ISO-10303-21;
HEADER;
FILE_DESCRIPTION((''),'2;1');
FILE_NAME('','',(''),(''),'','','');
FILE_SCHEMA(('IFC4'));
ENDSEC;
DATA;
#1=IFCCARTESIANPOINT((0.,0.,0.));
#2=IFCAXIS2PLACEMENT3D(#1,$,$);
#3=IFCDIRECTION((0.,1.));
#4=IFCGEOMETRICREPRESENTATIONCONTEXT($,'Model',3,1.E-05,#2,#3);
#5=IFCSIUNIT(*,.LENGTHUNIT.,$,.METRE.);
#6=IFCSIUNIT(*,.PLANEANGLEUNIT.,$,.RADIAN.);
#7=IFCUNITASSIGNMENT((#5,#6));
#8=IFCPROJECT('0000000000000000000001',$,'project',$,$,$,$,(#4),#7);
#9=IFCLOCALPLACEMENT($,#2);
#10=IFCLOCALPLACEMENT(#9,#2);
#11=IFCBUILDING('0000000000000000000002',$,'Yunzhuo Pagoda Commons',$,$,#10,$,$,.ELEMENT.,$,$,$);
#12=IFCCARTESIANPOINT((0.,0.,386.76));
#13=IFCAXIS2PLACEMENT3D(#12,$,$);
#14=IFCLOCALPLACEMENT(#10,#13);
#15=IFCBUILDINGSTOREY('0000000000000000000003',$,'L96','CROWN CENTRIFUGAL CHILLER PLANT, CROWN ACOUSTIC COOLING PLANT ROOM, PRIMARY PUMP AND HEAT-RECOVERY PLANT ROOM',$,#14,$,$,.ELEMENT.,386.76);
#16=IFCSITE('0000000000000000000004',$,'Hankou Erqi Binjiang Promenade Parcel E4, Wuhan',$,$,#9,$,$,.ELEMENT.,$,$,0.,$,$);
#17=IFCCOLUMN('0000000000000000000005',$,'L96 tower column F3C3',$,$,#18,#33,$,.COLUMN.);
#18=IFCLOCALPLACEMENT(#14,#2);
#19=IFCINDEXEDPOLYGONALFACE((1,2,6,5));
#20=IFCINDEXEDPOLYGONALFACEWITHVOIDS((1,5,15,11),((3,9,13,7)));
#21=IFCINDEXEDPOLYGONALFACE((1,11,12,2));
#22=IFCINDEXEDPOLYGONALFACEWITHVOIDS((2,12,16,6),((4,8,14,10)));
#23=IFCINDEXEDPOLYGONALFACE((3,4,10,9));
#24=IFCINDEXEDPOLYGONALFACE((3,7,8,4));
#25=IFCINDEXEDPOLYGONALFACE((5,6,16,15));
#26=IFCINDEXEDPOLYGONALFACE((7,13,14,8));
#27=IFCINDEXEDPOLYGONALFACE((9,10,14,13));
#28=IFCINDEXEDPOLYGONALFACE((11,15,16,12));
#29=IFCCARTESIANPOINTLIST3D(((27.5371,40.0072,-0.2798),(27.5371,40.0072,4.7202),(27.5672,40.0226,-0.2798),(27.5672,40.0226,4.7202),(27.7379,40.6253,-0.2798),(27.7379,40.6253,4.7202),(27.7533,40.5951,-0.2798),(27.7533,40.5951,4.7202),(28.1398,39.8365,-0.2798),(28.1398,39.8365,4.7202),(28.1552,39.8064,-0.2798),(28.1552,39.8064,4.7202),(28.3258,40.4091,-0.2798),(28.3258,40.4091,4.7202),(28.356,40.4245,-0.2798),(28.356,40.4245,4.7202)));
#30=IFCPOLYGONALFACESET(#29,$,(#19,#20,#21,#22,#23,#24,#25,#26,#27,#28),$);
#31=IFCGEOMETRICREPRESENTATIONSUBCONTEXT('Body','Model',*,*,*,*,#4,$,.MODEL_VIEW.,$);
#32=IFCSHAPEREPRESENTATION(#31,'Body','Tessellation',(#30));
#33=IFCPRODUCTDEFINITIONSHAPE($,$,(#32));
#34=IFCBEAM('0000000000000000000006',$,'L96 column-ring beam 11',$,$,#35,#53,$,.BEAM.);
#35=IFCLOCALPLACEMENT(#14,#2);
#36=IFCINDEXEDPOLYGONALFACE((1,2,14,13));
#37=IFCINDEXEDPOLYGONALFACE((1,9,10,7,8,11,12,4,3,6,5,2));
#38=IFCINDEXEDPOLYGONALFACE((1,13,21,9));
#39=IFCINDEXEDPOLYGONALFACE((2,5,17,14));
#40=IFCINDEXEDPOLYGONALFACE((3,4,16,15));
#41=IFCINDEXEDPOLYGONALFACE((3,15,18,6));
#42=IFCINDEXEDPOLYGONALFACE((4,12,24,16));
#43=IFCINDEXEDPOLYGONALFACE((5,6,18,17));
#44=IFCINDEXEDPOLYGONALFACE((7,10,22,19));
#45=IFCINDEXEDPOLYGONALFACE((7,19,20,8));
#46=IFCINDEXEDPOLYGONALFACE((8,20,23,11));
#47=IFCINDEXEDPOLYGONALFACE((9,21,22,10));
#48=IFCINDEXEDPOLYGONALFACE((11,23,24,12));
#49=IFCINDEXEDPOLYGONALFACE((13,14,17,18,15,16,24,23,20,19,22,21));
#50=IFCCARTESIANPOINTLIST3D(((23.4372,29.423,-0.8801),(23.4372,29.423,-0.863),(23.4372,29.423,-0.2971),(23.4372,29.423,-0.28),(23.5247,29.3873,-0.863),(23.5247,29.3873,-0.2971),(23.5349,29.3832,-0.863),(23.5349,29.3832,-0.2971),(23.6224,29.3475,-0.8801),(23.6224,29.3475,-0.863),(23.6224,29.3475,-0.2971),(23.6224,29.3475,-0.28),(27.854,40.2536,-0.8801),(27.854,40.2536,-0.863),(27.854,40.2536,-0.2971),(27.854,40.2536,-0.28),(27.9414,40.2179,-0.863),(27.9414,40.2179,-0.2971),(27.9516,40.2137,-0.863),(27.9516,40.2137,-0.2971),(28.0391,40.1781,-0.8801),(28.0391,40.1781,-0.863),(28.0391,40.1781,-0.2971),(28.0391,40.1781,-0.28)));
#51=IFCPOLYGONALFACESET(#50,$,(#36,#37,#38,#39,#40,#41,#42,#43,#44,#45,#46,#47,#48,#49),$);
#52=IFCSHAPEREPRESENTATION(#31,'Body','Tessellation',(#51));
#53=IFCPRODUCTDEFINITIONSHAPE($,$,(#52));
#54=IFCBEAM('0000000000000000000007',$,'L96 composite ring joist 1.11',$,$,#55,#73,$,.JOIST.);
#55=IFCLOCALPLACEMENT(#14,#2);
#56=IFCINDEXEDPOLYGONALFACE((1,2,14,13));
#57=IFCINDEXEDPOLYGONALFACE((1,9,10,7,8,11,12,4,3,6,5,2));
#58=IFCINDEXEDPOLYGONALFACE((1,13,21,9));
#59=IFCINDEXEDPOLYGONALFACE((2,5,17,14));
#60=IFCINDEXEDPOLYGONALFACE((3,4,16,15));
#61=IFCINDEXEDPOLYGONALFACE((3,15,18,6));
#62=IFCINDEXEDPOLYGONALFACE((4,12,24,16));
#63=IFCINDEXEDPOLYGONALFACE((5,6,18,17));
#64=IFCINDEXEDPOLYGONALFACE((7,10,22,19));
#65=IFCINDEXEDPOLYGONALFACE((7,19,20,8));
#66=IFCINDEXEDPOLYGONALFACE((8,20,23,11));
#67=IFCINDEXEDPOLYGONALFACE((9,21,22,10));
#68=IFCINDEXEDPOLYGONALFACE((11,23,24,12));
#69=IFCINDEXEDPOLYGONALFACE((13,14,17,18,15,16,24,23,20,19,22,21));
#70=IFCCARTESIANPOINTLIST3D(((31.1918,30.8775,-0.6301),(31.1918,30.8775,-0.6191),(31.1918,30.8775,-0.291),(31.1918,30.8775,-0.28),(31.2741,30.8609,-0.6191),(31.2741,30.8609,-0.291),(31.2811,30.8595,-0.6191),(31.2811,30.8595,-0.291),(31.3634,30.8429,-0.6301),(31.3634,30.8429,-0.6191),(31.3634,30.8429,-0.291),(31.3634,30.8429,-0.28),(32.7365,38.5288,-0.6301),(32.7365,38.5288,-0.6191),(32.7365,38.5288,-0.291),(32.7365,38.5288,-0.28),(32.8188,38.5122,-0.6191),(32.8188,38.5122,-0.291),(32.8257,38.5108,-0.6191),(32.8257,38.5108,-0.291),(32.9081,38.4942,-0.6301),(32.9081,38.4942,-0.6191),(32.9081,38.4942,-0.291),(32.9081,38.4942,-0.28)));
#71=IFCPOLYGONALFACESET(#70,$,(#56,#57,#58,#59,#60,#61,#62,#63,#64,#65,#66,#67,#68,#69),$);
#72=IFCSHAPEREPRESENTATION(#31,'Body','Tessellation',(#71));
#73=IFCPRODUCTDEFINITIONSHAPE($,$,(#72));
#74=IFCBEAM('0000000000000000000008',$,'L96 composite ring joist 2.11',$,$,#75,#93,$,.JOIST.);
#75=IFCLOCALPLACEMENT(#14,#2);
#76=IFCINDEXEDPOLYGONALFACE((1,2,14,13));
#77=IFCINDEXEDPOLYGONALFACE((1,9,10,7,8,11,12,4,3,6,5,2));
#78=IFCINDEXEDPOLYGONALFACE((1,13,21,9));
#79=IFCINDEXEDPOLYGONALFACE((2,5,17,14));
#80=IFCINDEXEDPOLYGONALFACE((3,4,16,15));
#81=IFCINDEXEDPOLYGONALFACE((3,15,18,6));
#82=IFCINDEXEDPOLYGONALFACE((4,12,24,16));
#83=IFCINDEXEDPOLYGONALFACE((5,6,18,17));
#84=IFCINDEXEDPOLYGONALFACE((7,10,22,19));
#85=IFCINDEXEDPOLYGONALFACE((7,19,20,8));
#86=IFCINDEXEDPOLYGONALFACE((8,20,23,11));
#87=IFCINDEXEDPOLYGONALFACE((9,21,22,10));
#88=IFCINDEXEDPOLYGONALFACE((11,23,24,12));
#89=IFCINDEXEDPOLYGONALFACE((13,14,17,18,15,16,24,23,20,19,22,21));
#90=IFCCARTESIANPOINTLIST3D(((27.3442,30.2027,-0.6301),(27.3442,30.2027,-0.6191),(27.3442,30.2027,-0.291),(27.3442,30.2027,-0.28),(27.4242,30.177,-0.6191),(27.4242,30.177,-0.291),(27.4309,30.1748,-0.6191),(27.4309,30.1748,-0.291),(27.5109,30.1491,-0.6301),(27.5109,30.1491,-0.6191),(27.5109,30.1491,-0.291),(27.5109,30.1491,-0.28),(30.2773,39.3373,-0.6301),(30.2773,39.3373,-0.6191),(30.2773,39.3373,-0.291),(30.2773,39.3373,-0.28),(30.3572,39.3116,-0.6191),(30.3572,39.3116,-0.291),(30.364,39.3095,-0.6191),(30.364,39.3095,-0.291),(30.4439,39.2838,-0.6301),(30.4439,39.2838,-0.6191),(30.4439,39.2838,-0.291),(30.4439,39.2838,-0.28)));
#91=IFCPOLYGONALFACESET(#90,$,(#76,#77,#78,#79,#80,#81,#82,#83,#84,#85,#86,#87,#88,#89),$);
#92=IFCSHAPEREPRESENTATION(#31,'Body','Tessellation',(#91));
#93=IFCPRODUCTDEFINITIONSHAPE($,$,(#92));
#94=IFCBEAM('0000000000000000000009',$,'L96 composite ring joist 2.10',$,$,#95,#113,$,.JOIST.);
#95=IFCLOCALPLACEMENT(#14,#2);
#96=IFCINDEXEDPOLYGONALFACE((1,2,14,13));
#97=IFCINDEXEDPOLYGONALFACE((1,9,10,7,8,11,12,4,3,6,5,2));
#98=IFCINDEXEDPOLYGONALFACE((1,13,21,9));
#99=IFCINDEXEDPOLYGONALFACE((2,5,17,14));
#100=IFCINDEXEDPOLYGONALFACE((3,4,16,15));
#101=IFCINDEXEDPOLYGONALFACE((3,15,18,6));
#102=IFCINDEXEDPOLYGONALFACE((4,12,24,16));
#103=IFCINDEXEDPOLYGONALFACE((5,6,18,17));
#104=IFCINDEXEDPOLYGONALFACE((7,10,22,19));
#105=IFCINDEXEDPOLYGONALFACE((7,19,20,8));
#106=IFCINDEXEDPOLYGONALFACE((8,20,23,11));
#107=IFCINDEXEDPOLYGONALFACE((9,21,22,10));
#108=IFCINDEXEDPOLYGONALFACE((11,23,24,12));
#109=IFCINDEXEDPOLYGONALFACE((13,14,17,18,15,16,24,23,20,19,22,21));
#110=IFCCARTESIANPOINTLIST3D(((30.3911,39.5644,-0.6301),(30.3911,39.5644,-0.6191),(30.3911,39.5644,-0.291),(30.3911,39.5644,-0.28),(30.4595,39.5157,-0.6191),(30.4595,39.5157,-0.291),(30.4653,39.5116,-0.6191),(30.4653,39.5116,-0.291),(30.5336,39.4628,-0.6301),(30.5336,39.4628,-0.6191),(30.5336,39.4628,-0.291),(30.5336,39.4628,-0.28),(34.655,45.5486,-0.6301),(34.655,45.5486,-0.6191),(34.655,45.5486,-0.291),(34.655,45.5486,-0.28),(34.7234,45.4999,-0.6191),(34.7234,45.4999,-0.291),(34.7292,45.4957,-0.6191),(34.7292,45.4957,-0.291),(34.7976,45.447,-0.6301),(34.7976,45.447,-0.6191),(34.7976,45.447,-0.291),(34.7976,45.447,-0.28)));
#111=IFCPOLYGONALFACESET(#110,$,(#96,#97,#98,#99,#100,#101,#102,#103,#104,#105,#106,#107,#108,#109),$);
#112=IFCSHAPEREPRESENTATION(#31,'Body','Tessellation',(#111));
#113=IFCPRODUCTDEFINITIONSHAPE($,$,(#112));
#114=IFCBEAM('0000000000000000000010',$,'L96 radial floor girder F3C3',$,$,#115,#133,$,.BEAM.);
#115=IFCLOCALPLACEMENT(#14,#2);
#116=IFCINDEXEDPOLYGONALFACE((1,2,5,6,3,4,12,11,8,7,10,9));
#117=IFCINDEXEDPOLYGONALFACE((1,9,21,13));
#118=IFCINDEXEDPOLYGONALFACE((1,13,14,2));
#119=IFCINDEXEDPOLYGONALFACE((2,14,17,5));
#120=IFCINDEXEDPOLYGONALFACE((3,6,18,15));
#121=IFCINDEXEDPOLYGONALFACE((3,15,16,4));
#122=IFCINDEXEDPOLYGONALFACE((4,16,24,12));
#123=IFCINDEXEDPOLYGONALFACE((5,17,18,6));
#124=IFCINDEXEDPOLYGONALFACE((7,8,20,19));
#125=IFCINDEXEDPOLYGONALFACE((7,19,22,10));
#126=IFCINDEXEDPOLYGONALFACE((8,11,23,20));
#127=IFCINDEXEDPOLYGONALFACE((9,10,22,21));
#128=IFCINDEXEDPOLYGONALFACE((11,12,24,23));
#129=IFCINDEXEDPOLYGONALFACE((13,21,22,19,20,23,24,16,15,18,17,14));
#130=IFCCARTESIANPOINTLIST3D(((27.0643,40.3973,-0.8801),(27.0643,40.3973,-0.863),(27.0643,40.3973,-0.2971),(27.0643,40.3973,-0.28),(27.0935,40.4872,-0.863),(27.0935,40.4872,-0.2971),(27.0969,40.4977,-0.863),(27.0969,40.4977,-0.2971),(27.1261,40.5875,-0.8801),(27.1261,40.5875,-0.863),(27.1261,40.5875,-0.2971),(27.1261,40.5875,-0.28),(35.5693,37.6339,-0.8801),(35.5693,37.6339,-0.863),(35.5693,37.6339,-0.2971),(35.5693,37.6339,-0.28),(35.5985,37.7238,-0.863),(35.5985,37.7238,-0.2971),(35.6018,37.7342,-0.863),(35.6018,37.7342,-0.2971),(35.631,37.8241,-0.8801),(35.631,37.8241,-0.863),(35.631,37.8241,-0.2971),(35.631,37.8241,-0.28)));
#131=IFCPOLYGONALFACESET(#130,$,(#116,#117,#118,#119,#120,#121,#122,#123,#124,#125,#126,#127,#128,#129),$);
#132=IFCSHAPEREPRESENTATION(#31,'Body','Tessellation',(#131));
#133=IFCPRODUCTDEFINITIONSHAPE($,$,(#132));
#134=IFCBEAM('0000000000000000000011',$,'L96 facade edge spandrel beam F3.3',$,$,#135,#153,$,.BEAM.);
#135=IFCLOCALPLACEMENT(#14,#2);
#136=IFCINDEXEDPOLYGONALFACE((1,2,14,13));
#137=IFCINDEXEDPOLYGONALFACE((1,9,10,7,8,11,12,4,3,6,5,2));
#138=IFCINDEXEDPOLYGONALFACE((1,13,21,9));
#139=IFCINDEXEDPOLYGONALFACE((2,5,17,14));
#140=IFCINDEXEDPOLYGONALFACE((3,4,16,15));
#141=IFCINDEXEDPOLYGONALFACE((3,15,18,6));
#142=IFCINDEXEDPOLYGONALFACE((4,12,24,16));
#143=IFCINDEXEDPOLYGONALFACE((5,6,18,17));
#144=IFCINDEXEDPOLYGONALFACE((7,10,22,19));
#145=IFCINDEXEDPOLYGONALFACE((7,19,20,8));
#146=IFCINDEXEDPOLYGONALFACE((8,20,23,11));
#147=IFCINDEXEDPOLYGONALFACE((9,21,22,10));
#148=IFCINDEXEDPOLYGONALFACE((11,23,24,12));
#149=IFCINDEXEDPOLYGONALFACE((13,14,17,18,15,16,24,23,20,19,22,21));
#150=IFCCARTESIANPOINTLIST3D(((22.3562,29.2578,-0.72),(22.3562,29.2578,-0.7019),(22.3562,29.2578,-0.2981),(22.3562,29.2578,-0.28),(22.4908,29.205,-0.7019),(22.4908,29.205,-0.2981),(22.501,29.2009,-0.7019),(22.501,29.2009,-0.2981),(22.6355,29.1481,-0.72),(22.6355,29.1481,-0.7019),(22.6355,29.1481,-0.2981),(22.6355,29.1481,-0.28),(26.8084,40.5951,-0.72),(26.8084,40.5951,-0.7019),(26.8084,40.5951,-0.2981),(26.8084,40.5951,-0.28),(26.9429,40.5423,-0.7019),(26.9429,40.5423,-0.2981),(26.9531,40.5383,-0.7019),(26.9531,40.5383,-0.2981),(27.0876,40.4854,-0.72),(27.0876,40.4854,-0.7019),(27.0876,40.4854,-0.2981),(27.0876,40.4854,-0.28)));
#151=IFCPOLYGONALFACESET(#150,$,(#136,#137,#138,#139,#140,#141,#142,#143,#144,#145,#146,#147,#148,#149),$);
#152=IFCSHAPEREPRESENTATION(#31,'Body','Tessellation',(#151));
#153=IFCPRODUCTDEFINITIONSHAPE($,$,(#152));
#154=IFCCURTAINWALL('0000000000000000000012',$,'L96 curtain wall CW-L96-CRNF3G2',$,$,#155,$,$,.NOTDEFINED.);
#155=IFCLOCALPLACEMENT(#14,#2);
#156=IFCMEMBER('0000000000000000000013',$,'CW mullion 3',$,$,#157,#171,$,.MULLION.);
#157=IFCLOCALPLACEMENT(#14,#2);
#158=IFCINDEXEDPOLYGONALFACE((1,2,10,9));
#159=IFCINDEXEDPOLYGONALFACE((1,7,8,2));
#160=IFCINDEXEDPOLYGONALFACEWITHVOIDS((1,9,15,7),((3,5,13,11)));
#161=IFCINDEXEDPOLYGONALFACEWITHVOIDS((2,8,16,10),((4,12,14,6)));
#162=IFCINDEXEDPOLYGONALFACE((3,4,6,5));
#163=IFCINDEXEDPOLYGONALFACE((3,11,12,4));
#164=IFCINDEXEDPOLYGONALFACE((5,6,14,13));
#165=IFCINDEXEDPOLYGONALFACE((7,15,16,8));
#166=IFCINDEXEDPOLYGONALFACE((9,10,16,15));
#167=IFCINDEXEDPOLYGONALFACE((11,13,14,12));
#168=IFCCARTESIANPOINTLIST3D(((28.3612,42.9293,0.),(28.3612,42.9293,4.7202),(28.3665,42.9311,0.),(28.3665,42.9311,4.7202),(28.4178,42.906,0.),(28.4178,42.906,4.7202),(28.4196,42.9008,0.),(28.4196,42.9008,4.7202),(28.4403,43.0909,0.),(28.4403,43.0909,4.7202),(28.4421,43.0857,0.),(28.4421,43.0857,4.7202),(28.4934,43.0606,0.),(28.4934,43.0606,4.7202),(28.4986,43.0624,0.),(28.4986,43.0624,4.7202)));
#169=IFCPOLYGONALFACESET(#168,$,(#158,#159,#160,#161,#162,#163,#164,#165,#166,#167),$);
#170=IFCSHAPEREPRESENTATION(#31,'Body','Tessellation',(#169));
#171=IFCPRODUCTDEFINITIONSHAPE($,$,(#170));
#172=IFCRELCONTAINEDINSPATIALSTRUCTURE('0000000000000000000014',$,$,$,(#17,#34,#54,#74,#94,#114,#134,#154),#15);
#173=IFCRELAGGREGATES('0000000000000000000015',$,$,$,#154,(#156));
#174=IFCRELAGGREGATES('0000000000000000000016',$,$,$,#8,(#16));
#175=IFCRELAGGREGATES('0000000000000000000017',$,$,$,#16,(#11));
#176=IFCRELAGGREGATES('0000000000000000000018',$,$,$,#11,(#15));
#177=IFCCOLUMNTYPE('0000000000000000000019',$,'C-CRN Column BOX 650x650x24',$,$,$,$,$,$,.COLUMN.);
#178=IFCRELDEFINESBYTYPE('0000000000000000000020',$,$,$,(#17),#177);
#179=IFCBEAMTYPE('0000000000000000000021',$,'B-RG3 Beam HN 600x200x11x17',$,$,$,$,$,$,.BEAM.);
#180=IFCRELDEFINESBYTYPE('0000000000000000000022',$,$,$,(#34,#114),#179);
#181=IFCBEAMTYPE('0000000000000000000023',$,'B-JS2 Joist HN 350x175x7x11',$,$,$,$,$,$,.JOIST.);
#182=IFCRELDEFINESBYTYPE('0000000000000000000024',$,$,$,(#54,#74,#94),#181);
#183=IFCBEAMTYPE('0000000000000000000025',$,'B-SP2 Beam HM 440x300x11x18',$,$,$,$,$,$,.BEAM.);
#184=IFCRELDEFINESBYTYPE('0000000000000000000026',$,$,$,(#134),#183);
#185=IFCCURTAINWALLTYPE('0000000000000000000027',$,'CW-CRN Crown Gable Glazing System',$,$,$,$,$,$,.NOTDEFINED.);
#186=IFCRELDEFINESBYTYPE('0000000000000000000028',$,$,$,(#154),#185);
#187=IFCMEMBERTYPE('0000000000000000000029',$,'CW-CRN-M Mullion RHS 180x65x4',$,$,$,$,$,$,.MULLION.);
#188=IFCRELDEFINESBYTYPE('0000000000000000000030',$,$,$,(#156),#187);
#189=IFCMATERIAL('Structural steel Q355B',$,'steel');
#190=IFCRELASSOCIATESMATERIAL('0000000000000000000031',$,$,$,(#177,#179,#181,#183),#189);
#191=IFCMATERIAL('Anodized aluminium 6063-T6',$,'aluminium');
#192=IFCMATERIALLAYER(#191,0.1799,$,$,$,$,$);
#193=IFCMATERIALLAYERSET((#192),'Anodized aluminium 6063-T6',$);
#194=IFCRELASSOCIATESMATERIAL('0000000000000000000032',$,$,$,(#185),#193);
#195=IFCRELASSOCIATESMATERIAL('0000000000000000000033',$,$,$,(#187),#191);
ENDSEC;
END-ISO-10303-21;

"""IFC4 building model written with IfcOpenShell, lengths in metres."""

from ifc_helpers import new_model, si_unit, direction, frame, origin, origin_2d, place, context, subcontext, project, spatial, hollow_rectangle, i_section, extrude, source, transform, mapped, material, layer, layer_set, material_profile, profile_set, type_object, element, aggregate, save


model = new_model("IFC4")

# Units and contexts
model_context = context("Model", 3, precision=1e-05, world=origin(), true_north=direction((0.0, 1.0)))
body_context = subcontext(model_context, "Body", "Model", "MODEL_VIEW")
ifc_project = project(units=[si_unit("LENGTHUNIT", "METRE"), si_unit("PLANEANGLEUNIT", "RADIAN")], contexts=[model_context])

# Site, building, storey
site_placement = place(None, origin())
site = spatial("IfcSite", under=ifc_project, at=site_placement, Name="Hankou Erqi Binjiang Promenade Parcel E4, Wuhan", CompositionType="ELEMENT", RefElevation=0.0)
building_placement = place(site_placement, origin())
building = spatial("IfcBuilding", under=site, at=building_placement, Name="Yunzhuo Pagoda Commons", CompositionType="ELEMENT")
storey_placement = place(building_placement, frame((0.0, 0.0, 386.76)))
storey = spatial("IfcBuildingStorey", under=building, at=storey_placement, Name="L96", Description="CROWN CENTRIFUGAL CHILLER PLANT, CROWN ACOUSTIC COOLING PLANT ROOM, PRIMARY PUMP AND HEAT-RECOVERY PLANT ROOM", CompositionType="ELEMENT", Elevation=386.76)

# Column
ifc_material_1 = material(Name="Structural steel Q355B", Category="steel")
ifc_material_profile_1 = material_profile(ifc_material_1, hollow_rectangle(XDim=0.6499, YDim=0.6499, WallThickness=0.0239, at=origin_2d()), Name="Structural steel Q355B")
ifc_profile_set_1 = profile_set([ifc_material_profile_1], Name="Structural steel Q355B")
column_type = type_object("IfcColumnType", Name="C-CRN Column BOX 650x650x24", PredefinedType="COLUMN", material=ifc_profile_set_1)
shared_shape_1 = source(origin(), body_context, "Body", "SweptSolid", [
    extrude(hollow_rectangle(XDim=0.6499, YDim=0.6499, WallThickness=0.0239, at=origin_2d()), origin(), (0.0, 0.0, 1.0), 5.0),
])
column_placement = place(storey_placement, frame((27.9465, 40.2158, -0.2798), z_axis=(0.0, 0.0, 1.0), x_axis=(-0.309017, -0.951057, 0.0)))
element("IfcColumn", 1, at=column_placement, inside=storey, type_object=column_type, Name="L96 tower column F3C3", PredefinedType="COLUMN", context=body_context, shape_type="MappedRepresentation", body=[
    mapped(shared_shape_1, transform((0.0, 0.0, 0.0), scale=1.0)),
])

# Beams
ifc_material_profile_2 = material_profile(ifc_material_1, i_section(OverallWidth=0.2, OverallDepth=0.6001, WebThickness=0.011, FlangeThickness=0.0171, at=origin_2d()), Name="Structural steel Q355B")
ifc_profile_set_2 = profile_set([ifc_material_profile_2], Name="Structural steel Q355B")
beam_type_1 = type_object("IfcBeamType", Name="B-RG3 Beam HN 600x200x11x17", PredefinedType="BEAM", material=ifc_profile_set_2)
shared_shape_2 = source(origin(), body_context, "Body", "SweptSolid", [
    extrude(i_section(OverallWidth=0.2, OverallDepth=0.6001, WebThickness=0.011, FlangeThickness=0.0171, at=origin_2d()), origin(), (0.0, 0.0, 1.0), 11.6965),
])
beam_1_placement = place(storey_placement, frame((27.9465, 40.2158, -0.5801), z_axis=(-0.377612, -0.925964, 0.0), x_axis=(0.925964, -0.377612, 0.0)))
element("IfcBeam", 2, at=beam_1_placement, inside=storey, type_object=beam_type_1, Name="L96 column-ring beam 11", PredefinedType="BEAM", context=body_context, shape_type="MappedRepresentation", body=[
    mapped(shared_shape_2, transform((0.0, 0.0, 0.0), scale=1.0)),
])
ifc_material_profile_3 = material_profile(ifc_material_1, i_section(OverallWidth=0.175, OverallDepth=0.3501, WebThickness=0.0071, FlangeThickness=0.011, at=origin_2d()), Name="Structural steel Q355B")
ifc_profile_set_3 = profile_set([ifc_material_profile_3], Name="Structural steel Q355B")
beam_type_2 = type_object("IfcBeamType", Name="B-JS2 Joist HN 350x175x7x11", PredefinedType="JOIST", material=ifc_profile_set_3)
shared_shape_3 = source(origin(), body_context, "Body", "SweptSolid", [
    extrude(i_section(OverallWidth=0.175, OverallDepth=0.3501, WebThickness=0.0071, FlangeThickness=0.011, at=origin_2d()), origin(), (0.0, 0.0, 1.0), 7.8057),
])
beam_2_placement = place(storey_placement, frame((32.8223, 38.5115, -0.4551), z_axis=(-0.19789, -0.980224, 0.0), x_axis=(0.980224, -0.19789, 0.0)))
element("IfcBeam", 3, at=beam_2_placement, inside=storey, type_object=beam_type_2, Name="L96 composite ring joist 1.11", PredefinedType="JOIST", context=body_context, shape_type="MappedRepresentation", body=[
    mapped(shared_shape_3, transform((0.0, 0.0, 0.0), scale=1.0)),
])
shared_shape_4 = source(origin(), body_context, "Body", "SweptSolid", [
    extrude(i_section(OverallWidth=0.175, OverallDepth=0.3501, WebThickness=0.0071, FlangeThickness=0.011, at=origin_2d()), origin(), (0.0, 0.0, 1.0), 9.594),
])
beam_3_placement = place(storey_placement, frame((30.3606, 39.3105, -0.4551), z_axis=(-0.305719, -0.952122, 0.0), x_axis=(0.952122, -0.305719, 0.0)))
element("IfcBeam", 4, at=beam_3_placement, inside=storey, type_object=beam_type_2, Name="L96 composite ring joist 2.11", PredefinedType="JOIST", context=body_context, shape_type="MappedRepresentation", body=[
    mapped(shared_shape_4, transform((0.0, 0.0, 0.0), scale=1.0)),
])
shared_shape_5 = source(origin(), body_context, "Body", "SweptSolid", [
    extrude(i_section(OverallWidth=0.175, OverallDepth=0.3501, WebThickness=0.0071, FlangeThickness=0.011, at=origin_2d()), origin(), (0.0, 0.0, 1.0), 7.3479),
])
beam_4_placement = place(storey_placement, frame((34.7263, 45.4978, -0.4551), z_axis=(-0.580295, -0.814406, 0.0), x_axis=(0.814406, -0.580295, 0.0)))
element("IfcBeam", 5, at=beam_4_placement, inside=storey, type_object=beam_type_2, Name="L96 composite ring joist 2.10", PredefinedType="JOIST", context=body_context, shape_type="MappedRepresentation", body=[
    mapped(shared_shape_5, transform((0.0, 0.0, 0.0), scale=1.0)),
])
shared_shape_6 = source(origin(), body_context, "Body", "SweptSolid", [
    extrude(i_section(OverallWidth=0.2, OverallDepth=0.6001, WebThickness=0.011, FlangeThickness=0.0171, at=origin_2d()), origin(), (0.0, 0.0, 1.0), 8.9426),
])
beam_5_placement = place(storey_placement, frame((27.0952, 40.4924, -0.5801), z_axis=(0.951056, -0.309019, 0.0), x_axis=(0.309019, 0.951056, 0.0)))
element("IfcBeam", 6, at=beam_5_placement, inside=storey, type_object=beam_type_1, Name="L96 radial floor girder F3C3", PredefinedType="BEAM", context=body_context, shape_type="MappedRepresentation", body=[
    mapped(shared_shape_6, transform((0.0, 0.0, 0.0), scale=1.0)),
])
ifc_material_profile_4 = material_profile(ifc_material_1, i_section(OverallWidth=0.3, OverallDepth=0.4399, WebThickness=0.011, FlangeThickness=0.0181, at=origin_2d()), Name="Structural steel Q355B")
ifc_profile_set_4 = profile_set([ifc_material_profile_4], Name="Structural steel Q355B")
beam_type_3 = type_object("IfcBeamType", Name="B-SP2 Beam HM 440x300x11x18", PredefinedType="BEAM", material=ifc_profile_set_4)
shared_shape_7 = source(origin(), body_context, "Body", "SweptSolid", [
    extrude(i_section(OverallWidth=0.3, OverallDepth=0.4399, WebThickness=0.011, FlangeThickness=0.0181, at=origin_2d()), origin(), (0.0, 0.0, 1.0), 12.1802),
])
beam_6_placement = place(storey_placement, frame((26.948, 40.5403, -0.5), z_axis=(-0.365522, -0.930803, 0.0), x_axis=(0.930803, -0.365522, 0.0)))
element("IfcBeam", 7, at=beam_6_placement, inside=storey, type_object=beam_type_3, Name="L96 facade edge spandrel beam F3.3", PredefinedType="BEAM", context=body_context, shape_type="MappedRepresentation", body=[
    mapped(shared_shape_7, transform((0.0, 0.0, 0.0), scale=1.0)),
])

# Curtain wall, member
ifc_material_2 = material(Name="Anodized aluminium 6063-T6", Category="aluminium")
ifc_layer_1 = layer(ifc_material_2, 0.1799)
ifc_layer_set_1 = layer_set([ifc_layer_1], Name="Anodized aluminium 6063-T6")
curtain_wall_type = type_object("IfcCurtainWallType", Name="CW-CRN Crown Gable Glazing System", PredefinedType="NOTDEFINED", material=ifc_layer_set_1)
curtain_wall_placement = place(storey_placement, origin())
curtain_wall = element("IfcCurtainWall", 8, at=curtain_wall_placement, inside=storey, type_object=curtain_wall_type, Name="L96 curtain wall CW-L96-CRNF3G2", PredefinedType="NOTDEFINED")
ifc_material_profile_5 = material_profile(ifc_material_2, hollow_rectangle(XDim=0.0649, YDim=0.1799, WallThickness=0.0039, at=origin_2d()), Name="Anodized aluminium 6063-T6")
ifc_profile_set_5 = profile_set([ifc_material_profile_5], Name="Anodized aluminium 6063-T6")
member_type_1 = type_object("IfcMemberType", Name="CW-CRN-M Mullion RHS 180x65x4", PredefinedType="MULLION", material=ifc_profile_set_5)
shared_shape_8 = source(origin(), body_context, "Body", "SweptSolid", [
    extrude(hollow_rectangle(XDim=0.0649, YDim=0.1799, WallThickness=0.0039, at=origin_2d()), origin(), (0.0, 0.0, 1.0), 4.7202),
])
member_1_placement = place(storey_placement, frame((28.4299, 42.9958, 0.0), z_axis=(0.0, 0.0, 1.0), x_axis=(0.898299, -0.439384, 0.0)))
member_1 = element("IfcMember", 9, at=member_1_placement, type_object=member_type_1, Name="CW mullion 3", PredefinedType="MULLION", context=body_context, shape_type="MappedRepresentation", body=[
    mapped(shared_shape_8, transform((0.0, 0.0, 0.0), scale=1.0)),
])
aggregate(curtain_wall, [member_1])

save(model, "model.ifc")
